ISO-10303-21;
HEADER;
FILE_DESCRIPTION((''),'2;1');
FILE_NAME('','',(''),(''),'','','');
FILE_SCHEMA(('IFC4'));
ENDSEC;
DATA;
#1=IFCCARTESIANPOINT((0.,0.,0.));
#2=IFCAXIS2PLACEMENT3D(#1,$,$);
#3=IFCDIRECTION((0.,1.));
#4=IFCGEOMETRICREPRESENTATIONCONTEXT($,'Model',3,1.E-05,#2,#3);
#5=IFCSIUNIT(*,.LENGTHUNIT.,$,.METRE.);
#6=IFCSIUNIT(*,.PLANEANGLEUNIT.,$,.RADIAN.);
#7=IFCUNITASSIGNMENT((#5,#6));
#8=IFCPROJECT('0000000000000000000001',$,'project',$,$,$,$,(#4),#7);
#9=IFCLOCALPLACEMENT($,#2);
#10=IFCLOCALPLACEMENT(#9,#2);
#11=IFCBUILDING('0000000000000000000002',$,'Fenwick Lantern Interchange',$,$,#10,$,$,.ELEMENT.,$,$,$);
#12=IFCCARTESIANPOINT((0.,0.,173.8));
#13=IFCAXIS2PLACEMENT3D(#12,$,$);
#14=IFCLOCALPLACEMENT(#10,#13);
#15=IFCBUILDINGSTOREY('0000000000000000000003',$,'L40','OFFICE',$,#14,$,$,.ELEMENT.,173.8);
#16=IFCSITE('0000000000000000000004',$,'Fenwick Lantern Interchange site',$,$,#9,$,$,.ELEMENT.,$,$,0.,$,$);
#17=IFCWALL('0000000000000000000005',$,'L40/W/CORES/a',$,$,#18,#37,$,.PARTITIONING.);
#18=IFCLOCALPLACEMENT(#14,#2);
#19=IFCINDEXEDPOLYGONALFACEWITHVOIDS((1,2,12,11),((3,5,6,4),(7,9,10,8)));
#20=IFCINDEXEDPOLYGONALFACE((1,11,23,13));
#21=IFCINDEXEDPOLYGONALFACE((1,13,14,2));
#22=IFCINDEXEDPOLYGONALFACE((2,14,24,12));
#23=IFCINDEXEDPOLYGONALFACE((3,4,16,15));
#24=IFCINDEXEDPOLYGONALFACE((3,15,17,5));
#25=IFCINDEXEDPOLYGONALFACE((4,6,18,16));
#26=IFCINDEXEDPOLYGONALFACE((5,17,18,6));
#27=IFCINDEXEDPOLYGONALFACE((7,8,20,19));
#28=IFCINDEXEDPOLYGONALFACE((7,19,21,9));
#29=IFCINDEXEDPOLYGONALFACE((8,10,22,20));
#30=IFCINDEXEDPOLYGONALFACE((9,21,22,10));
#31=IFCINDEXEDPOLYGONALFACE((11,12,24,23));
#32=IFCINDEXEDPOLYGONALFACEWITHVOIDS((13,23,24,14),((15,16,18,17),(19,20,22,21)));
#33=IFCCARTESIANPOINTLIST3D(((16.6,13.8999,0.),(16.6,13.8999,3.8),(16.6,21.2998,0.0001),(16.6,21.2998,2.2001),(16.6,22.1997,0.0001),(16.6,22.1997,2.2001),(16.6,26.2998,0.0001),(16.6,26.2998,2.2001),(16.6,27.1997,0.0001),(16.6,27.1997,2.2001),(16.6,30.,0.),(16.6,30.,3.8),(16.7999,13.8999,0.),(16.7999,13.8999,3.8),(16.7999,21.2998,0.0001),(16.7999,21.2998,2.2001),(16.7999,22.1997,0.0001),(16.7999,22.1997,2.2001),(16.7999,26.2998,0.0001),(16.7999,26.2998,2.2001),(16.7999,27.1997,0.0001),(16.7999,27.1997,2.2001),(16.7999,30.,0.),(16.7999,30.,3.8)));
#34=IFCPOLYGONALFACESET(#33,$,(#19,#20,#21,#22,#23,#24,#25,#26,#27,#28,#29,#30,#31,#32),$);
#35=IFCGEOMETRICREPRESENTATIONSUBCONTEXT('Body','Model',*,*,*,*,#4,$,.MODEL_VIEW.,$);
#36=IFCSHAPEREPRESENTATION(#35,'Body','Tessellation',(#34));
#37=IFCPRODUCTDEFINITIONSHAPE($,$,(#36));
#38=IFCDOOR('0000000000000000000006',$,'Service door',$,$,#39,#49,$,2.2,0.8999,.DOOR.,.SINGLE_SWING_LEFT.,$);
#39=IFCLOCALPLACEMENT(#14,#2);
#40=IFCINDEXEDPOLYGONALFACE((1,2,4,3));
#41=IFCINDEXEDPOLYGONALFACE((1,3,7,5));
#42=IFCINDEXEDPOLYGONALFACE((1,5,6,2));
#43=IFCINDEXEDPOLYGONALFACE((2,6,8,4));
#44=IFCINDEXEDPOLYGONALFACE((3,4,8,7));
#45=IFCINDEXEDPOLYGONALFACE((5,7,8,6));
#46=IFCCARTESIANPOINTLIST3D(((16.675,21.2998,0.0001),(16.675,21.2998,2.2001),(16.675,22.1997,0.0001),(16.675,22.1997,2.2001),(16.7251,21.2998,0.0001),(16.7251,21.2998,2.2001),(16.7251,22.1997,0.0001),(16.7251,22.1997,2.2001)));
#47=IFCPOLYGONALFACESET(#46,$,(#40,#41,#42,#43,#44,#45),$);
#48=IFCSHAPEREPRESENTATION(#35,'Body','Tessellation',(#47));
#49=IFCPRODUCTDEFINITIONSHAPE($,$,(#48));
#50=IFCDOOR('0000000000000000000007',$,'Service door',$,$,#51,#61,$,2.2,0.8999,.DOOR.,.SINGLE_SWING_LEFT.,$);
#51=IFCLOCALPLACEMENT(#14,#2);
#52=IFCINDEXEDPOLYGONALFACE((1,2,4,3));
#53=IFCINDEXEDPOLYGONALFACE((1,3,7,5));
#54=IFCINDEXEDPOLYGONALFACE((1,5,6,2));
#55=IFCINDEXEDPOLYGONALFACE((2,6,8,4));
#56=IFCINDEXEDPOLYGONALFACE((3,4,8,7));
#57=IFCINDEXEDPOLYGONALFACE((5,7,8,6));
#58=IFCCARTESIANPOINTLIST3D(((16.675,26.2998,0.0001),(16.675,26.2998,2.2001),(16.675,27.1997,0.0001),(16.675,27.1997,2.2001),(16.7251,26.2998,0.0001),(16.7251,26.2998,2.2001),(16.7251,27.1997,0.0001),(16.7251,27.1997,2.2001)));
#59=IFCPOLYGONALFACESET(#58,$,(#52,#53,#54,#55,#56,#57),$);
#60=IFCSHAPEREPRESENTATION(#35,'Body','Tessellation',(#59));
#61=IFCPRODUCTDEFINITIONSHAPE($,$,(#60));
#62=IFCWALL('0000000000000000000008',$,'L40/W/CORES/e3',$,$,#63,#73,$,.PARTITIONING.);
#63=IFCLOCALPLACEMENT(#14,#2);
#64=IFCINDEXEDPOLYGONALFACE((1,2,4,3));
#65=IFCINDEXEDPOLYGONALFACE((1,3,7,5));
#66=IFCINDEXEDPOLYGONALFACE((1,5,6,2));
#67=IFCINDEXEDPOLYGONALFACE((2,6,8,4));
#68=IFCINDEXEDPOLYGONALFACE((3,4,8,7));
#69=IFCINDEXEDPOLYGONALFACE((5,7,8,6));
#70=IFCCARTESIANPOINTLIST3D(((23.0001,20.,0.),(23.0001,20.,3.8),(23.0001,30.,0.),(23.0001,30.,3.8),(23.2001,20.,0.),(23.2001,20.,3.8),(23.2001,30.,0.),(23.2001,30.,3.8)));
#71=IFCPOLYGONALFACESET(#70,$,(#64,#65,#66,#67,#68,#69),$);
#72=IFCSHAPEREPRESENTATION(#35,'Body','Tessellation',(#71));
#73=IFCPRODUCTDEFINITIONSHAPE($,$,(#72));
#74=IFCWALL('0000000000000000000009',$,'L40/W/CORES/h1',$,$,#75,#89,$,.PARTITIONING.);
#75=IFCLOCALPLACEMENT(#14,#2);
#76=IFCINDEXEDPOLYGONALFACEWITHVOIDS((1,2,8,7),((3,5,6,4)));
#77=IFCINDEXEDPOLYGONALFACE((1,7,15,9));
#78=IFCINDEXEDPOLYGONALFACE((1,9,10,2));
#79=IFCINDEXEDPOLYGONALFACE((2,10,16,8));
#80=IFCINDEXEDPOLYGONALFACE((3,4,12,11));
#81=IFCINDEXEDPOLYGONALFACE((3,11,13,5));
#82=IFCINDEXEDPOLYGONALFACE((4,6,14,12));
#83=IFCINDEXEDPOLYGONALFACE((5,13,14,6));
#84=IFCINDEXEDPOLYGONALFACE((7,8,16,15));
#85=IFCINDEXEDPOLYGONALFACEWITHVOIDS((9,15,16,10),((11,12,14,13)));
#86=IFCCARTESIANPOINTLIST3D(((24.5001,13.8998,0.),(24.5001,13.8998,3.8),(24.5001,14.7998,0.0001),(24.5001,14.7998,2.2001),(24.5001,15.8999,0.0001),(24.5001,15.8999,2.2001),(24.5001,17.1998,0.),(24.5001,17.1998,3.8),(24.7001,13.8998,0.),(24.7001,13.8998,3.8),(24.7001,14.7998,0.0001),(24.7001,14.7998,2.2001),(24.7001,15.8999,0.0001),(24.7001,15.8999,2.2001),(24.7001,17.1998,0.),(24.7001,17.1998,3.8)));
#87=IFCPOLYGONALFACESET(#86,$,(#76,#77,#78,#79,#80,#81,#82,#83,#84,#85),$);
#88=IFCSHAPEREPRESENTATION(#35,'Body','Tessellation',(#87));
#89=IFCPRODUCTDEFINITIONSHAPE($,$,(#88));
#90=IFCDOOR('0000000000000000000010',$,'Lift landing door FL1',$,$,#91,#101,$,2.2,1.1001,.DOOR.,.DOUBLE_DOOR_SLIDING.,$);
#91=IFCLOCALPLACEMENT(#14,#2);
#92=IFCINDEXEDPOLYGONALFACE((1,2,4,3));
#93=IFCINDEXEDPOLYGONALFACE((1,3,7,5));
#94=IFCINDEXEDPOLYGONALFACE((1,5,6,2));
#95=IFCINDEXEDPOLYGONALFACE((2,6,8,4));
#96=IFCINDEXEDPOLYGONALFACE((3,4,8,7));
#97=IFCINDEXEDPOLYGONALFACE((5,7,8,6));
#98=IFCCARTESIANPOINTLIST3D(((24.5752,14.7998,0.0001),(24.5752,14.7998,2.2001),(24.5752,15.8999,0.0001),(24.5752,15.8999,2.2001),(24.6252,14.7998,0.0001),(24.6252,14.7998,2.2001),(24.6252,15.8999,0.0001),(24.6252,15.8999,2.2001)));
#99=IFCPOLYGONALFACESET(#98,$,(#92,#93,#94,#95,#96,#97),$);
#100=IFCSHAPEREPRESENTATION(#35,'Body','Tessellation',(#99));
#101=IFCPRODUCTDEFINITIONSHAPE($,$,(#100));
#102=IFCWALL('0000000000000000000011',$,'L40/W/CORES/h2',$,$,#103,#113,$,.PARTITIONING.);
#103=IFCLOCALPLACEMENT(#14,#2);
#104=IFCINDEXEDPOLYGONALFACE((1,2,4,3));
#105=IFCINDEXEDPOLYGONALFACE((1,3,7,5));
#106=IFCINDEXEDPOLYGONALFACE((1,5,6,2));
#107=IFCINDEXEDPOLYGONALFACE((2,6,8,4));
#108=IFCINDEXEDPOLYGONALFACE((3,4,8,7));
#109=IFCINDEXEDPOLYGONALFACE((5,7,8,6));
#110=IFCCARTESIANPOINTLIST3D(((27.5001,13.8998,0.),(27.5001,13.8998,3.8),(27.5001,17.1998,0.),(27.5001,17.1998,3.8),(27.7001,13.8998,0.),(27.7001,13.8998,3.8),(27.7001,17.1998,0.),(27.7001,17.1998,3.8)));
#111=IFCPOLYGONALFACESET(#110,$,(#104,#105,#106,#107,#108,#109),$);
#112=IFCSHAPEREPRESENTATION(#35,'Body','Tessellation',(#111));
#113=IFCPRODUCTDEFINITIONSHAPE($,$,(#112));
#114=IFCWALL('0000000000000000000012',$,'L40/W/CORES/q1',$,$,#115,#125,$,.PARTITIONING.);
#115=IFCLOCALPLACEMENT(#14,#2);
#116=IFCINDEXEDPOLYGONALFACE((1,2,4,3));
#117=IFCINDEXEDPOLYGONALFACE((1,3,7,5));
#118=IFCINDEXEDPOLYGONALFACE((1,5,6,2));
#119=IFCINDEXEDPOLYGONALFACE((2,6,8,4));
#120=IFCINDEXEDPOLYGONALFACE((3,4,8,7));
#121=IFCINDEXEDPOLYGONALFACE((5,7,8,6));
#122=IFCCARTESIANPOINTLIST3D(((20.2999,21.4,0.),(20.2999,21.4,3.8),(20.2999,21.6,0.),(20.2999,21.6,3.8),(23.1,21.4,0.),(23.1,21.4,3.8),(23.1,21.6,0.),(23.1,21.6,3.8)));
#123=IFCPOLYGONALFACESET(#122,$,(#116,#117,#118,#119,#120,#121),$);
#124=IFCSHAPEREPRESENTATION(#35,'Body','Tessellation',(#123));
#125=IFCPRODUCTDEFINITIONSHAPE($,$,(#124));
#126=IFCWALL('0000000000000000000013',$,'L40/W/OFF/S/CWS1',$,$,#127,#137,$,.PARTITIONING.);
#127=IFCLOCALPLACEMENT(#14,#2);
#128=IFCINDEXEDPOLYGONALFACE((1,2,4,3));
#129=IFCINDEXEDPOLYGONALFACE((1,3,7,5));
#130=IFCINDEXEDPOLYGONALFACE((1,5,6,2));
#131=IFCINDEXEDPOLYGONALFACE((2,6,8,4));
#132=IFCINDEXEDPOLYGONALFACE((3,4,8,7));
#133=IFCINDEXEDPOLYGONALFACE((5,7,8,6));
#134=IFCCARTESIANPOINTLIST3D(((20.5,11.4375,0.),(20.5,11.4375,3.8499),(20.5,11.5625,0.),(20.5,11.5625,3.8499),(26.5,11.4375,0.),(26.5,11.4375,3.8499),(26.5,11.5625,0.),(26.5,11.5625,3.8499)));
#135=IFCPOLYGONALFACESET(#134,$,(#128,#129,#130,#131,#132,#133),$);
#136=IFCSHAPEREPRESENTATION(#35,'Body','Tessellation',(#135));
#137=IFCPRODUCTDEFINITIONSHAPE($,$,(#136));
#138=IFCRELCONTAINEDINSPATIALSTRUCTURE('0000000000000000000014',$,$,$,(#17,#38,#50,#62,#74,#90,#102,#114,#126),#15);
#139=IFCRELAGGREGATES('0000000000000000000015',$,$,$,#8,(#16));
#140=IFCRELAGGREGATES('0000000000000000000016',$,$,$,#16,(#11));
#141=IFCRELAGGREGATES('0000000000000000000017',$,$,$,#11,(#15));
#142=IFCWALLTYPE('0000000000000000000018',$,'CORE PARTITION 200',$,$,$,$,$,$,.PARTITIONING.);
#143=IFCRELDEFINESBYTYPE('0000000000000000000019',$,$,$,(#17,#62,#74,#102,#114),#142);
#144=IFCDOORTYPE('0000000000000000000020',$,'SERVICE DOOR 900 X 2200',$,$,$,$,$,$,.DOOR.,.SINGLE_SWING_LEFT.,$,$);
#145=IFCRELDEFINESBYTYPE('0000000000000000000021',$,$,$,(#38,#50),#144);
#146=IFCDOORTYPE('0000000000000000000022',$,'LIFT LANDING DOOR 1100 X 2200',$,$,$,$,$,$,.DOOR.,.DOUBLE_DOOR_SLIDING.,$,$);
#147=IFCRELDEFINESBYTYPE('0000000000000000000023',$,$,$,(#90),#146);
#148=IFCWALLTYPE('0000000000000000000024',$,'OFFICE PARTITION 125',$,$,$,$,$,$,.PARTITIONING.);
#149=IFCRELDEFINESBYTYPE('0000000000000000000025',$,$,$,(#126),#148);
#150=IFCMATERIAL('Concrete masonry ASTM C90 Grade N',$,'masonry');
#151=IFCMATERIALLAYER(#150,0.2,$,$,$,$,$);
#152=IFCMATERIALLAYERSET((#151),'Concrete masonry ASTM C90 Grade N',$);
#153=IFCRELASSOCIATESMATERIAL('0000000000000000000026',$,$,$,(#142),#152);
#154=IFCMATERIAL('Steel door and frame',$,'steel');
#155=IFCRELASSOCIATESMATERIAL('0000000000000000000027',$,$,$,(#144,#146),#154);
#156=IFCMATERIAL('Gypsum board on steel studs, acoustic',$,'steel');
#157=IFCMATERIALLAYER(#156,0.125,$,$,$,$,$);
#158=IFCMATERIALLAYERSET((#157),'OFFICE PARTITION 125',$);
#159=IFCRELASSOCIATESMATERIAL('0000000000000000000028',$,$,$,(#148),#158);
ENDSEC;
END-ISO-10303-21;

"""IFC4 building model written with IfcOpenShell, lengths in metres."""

from ifc_helpers import new_model, si_unit, direction, frame, frame_2d, origin, place, context, subcontext, project, spatial, rectangle, extrude, material, layer, layer_set, type_object, element, fill, save


model = new_model("IFC4")

# Units and contexts
model_context = context("Model", 3, precision=1e-05, world=origin(), true_north=direction((0.0, 1.0)))
body_context = subcontext(model_context, "Body", "Model", "MODEL_VIEW")
ifc_project = project(units=[si_unit("LENGTHUNIT", "METRE"), si_unit("PLANEANGLEUNIT", "RADIAN")], contexts=[model_context])

# Site, building, storey
site_placement = place(None, origin())
site = spatial("IfcSite", under=ifc_project, at=site_placement, Name="Fenwick Lantern Interchange site", CompositionType="ELEMENT", RefElevation=0.0)
building_placement = place(site_placement, origin())
building = spatial("IfcBuilding", under=site, at=building_placement, Name="Fenwick Lantern Interchange", CompositionType="ELEMENT")
storey_placement = place(building_placement, frame((0.0, 0.0, 173.8)))
storey = spatial("IfcBuildingStorey", under=building, at=storey_placement, Name="L40", Description="OFFICE", CompositionType="ELEMENT", Elevation=173.8)

# Wall, openings, doors
ifc_material_1 = material(Name="Concrete masonry ASTM C90 Grade N", Category="masonry")
ifc_layer_1 = layer(ifc_material_1, 0.2)
ifc_layer_set_1 = layer_set([ifc_layer_1], Name="Concrete masonry ASTM C90 Grade N")
wall_type_1 = type_object("IfcWallType", Name="CORE PARTITION 200", PredefinedType="PARTITIONING", material=ifc_layer_set_1)
wall_1_placement = place(storey_placement, frame((16.7, 13.8999, 0.0), z_axis=(0.0, 0.0, 1.0), x_axis=(0.0, 1.0, 0.0)))
wall_1 = element("IfcWall", 1, at=wall_1_placement, inside=storey, type_object=wall_type_1, Name="L40/W/CORES/a", PredefinedType="PARTITIONING", context=body_context, shape_type="SweptSolid", body=[
    extrude(rectangle(XDim=16.1001, YDim=0.2, at=frame_2d((8.05, 0.0))), origin(), (0.0, 0.0, 1.0), 3.8),
])
opening_1_placement = place(wall_1_placement, frame((7.3999, 0.0, 0.0)))
opening_1 = element("IfcOpeningElement", 2, at=opening_1_placement, cuts=wall_1, PredefinedType="OPENING", context=body_context, shape_type="SweptSolid", body=[
    extrude(rectangle(XDim=0.8999, YDim=2.2, at=frame_2d((0.45, 1.1001))), frame((0.0, 0.1099, 0.0), z_axis=(0.0, -1.0, 0.0), x_axis=(1.0, 0.0, 0.0)), (0.0, 0.0, 1.0), 0.22),
])
opening_2_placement = place(wall_1_placement, frame((12.3999, 0.0, 0.0)))
opening_2 = element("IfcOpeningElement", 3, at=opening_2_placement, cuts=wall_1, PredefinedType="OPENING", context=body_context, shape_type="SweptSolid", body=[
    extrude(rectangle(XDim=0.8999, YDim=2.2, at=frame_2d((0.45, 1.1001))), frame((0.0, 0.1099, 0.0), z_axis=(0.0, -1.0, 0.0), x_axis=(1.0, 0.0, 0.0)), (0.0, 0.0, 1.0), 0.22),
])
ifc_material_2 = material(Name="Steel door and frame", Category="steel")
door_type_1 = type_object("IfcDoorType", Name="SERVICE DOOR 900 X 2200", OperationType="SINGLE_SWING_LEFT", PredefinedType="DOOR", material=ifc_material_2)
door_1_placement = place(opening_1_placement, origin())
door_1 = element("IfcDoor", 4, at=door_1_placement, inside=storey, type_object=door_type_1, Name="Service door", OperationType="SINGLE_SWING_LEFT", OverallHeight=2.2, OverallWidth=0.8999, PredefinedType="DOOR", context=body_context, shape_type="SweptSolid", body=[
    extrude(rectangle(XDim=0.8999, YDim=2.2, at=frame_2d((0.45, 1.1001))), frame((0.0, 0.0249, 0.0), z_axis=(0.0, -1.0, 0.0), x_axis=(1.0, 0.0, 0.0)), (0.0, 0.0, 1.0), 0.05),
])
fill(opening_1, door_1)
door_2_placement = place(opening_2_placement, origin())
door_2 = element("IfcDoor", 5, at=door_2_placement, inside=storey, type_object=door_type_1, Name="Service door", OperationType="SINGLE_SWING_LEFT", OverallHeight=2.2, OverallWidth=0.8999, PredefinedType="DOOR", context=body_context, shape_type="SweptSolid", body=[
    extrude(rectangle(XDim=0.8999, YDim=2.2, at=frame_2d((0.45, 1.1001))), frame((0.0, 0.0249, 0.0), z_axis=(0.0, -1.0, 0.0), x_axis=(1.0, 0.0, 0.0)), (0.0, 0.0, 1.0), 0.05),
])
fill(opening_2, door_2)

# Wall
wall_2_placement = place(storey_placement, frame((23.1001, 20.0, 0.0), z_axis=(0.0, 0.0, 1.0), x_axis=(0.0, 1.0, 0.0)))
element("IfcWall", 6, at=wall_2_placement, inside=storey, type_object=wall_type_1, Name="L40/W/CORES/e3", PredefinedType="PARTITIONING", context=body_context, shape_type="SweptSolid", body=[
    extrude(rectangle(XDim=10.0, YDim=0.2, at=frame_2d((5.0, 0.0))), origin(), (0.0, 0.0, 1.0), 3.8),
])

# Wall, opening, door
wall_3_placement = place(storey_placement, frame((24.6001, 13.8999, 0.0), z_axis=(0.0, 0.0, 1.0), x_axis=(0.0, 1.0, 0.0)))
wall_3 = element("IfcWall", 7, at=wall_3_placement, inside=storey, type_object=wall_type_1, Name="L40/W/CORES/h1", PredefinedType="PARTITIONING", context=body_context, shape_type="SweptSolid", body=[
    extrude(rectangle(XDim=3.3, YDim=0.2, at=frame_2d((1.6499, 0.0))), origin(), (0.0, 0.0, 1.0), 3.8),
])
opening_3_placement = place(wall_3_placement, frame((0.8999, 0.0, 0.0)))
opening_3 = element("IfcOpeningElement", 8, at=opening_3_placement, cuts=wall_3, PredefinedType="OPENING", context=body_context, shape_type="SweptSolid", body=[
    extrude(rectangle(XDim=1.1001, YDim=2.2, at=frame_2d((0.55, 1.1001))), frame((0.0, 0.1099, 0.0), z_axis=(0.0, -1.0, 0.0), x_axis=(1.0, 0.0, 0.0)), (0.0, 0.0, 1.0), 0.22),
])
door_type_2 = type_object("IfcDoorType", Name="LIFT LANDING DOOR 1100 X 2200", OperationType="DOUBLE_DOOR_SLIDING", PredefinedType="DOOR", material=ifc_material_2)
door_3_placement = place(opening_3_placement, origin())
door_3 = element("IfcDoor", 9, at=door_3_placement, inside=storey, type_object=door_type_2, Name="Lift landing door FL1", OperationType="DOUBLE_DOOR_SLIDING", OverallHeight=2.2, OverallWidth=1.1001, PredefinedType="DOOR", context=body_context, shape_type="SweptSolid", body=[
    extrude(rectangle(XDim=1.1001, YDim=2.2, at=frame_2d((0.55, 1.1001))), frame((0.0, 0.0249, 0.0), z_axis=(0.0, -1.0, 0.0), x_axis=(1.0, 0.0, 0.0)), (0.0, 0.0, 1.0), 0.05),
])
fill(opening_3, door_3)

# Walls
wall_4_placement = place(storey_placement, frame((27.6001, 13.8999, 0.0), z_axis=(0.0, 0.0, 1.0), x_axis=(0.0, 1.0, 0.0)))
element("IfcWall", 10, at=wall_4_placement, inside=storey, type_object=wall_type_1, Name="L40/W/CORES/h2", PredefinedType="PARTITIONING", context=body_context, shape_type="SweptSolid", body=[
    extrude(rectangle(XDim=3.3, YDim=0.2, at=frame_2d((1.6499, 0.0))), origin(), (0.0, 0.0, 1.0), 3.8),
])
wall_5_placement = place(storey_placement, frame((20.3, 21.5, 0.0), z_axis=(0.0, 0.0, 1.0), x_axis=(1.0, 0.0, 0.0)))
element("IfcWall", 11, at=wall_5_placement, inside=storey, type_object=wall_type_1, Name="L40/W/CORES/q1", PredefinedType="PARTITIONING", context=body_context, shape_type="SweptSolid", body=[
    extrude(rectangle(XDim=2.8, YDim=0.2, at=frame_2d((1.3999, 0.0))), origin(), (0.0, 0.0, 1.0), 3.8),
])
ifc_material_3 = material(Name="Gypsum board on steel studs, acoustic", Category="steel")
ifc_layer_2 = layer(ifc_material_3, 0.125)
ifc_layer_set_2 = layer_set([ifc_layer_2], Name="OFFICE PARTITION 125")
wall_type_2 = type_object("IfcWallType", Name="OFFICE PARTITION 125", PredefinedType="PARTITIONING", material=ifc_layer_set_2)
wall_6_placement = place(storey_placement, frame((20.5, 11.5, 0.0), z_axis=(0.0, 0.0, 1.0), x_axis=(1.0, 0.0, 0.0)))
element("IfcWall", 12, at=wall_6_placement, inside=storey, type_object=wall_type_2, Name="L40/W/OFF/S/CWS1", PredefinedType="PARTITIONING", context=body_context, shape_type="SweptSolid", body=[
    extrude(rectangle(XDim=6.0, YDim=0.125, at=frame_2d((3.0, 0.0))), origin(), (0.0, 0.0, 1.0), 3.8499),
])

save(model, "model.ifc")
